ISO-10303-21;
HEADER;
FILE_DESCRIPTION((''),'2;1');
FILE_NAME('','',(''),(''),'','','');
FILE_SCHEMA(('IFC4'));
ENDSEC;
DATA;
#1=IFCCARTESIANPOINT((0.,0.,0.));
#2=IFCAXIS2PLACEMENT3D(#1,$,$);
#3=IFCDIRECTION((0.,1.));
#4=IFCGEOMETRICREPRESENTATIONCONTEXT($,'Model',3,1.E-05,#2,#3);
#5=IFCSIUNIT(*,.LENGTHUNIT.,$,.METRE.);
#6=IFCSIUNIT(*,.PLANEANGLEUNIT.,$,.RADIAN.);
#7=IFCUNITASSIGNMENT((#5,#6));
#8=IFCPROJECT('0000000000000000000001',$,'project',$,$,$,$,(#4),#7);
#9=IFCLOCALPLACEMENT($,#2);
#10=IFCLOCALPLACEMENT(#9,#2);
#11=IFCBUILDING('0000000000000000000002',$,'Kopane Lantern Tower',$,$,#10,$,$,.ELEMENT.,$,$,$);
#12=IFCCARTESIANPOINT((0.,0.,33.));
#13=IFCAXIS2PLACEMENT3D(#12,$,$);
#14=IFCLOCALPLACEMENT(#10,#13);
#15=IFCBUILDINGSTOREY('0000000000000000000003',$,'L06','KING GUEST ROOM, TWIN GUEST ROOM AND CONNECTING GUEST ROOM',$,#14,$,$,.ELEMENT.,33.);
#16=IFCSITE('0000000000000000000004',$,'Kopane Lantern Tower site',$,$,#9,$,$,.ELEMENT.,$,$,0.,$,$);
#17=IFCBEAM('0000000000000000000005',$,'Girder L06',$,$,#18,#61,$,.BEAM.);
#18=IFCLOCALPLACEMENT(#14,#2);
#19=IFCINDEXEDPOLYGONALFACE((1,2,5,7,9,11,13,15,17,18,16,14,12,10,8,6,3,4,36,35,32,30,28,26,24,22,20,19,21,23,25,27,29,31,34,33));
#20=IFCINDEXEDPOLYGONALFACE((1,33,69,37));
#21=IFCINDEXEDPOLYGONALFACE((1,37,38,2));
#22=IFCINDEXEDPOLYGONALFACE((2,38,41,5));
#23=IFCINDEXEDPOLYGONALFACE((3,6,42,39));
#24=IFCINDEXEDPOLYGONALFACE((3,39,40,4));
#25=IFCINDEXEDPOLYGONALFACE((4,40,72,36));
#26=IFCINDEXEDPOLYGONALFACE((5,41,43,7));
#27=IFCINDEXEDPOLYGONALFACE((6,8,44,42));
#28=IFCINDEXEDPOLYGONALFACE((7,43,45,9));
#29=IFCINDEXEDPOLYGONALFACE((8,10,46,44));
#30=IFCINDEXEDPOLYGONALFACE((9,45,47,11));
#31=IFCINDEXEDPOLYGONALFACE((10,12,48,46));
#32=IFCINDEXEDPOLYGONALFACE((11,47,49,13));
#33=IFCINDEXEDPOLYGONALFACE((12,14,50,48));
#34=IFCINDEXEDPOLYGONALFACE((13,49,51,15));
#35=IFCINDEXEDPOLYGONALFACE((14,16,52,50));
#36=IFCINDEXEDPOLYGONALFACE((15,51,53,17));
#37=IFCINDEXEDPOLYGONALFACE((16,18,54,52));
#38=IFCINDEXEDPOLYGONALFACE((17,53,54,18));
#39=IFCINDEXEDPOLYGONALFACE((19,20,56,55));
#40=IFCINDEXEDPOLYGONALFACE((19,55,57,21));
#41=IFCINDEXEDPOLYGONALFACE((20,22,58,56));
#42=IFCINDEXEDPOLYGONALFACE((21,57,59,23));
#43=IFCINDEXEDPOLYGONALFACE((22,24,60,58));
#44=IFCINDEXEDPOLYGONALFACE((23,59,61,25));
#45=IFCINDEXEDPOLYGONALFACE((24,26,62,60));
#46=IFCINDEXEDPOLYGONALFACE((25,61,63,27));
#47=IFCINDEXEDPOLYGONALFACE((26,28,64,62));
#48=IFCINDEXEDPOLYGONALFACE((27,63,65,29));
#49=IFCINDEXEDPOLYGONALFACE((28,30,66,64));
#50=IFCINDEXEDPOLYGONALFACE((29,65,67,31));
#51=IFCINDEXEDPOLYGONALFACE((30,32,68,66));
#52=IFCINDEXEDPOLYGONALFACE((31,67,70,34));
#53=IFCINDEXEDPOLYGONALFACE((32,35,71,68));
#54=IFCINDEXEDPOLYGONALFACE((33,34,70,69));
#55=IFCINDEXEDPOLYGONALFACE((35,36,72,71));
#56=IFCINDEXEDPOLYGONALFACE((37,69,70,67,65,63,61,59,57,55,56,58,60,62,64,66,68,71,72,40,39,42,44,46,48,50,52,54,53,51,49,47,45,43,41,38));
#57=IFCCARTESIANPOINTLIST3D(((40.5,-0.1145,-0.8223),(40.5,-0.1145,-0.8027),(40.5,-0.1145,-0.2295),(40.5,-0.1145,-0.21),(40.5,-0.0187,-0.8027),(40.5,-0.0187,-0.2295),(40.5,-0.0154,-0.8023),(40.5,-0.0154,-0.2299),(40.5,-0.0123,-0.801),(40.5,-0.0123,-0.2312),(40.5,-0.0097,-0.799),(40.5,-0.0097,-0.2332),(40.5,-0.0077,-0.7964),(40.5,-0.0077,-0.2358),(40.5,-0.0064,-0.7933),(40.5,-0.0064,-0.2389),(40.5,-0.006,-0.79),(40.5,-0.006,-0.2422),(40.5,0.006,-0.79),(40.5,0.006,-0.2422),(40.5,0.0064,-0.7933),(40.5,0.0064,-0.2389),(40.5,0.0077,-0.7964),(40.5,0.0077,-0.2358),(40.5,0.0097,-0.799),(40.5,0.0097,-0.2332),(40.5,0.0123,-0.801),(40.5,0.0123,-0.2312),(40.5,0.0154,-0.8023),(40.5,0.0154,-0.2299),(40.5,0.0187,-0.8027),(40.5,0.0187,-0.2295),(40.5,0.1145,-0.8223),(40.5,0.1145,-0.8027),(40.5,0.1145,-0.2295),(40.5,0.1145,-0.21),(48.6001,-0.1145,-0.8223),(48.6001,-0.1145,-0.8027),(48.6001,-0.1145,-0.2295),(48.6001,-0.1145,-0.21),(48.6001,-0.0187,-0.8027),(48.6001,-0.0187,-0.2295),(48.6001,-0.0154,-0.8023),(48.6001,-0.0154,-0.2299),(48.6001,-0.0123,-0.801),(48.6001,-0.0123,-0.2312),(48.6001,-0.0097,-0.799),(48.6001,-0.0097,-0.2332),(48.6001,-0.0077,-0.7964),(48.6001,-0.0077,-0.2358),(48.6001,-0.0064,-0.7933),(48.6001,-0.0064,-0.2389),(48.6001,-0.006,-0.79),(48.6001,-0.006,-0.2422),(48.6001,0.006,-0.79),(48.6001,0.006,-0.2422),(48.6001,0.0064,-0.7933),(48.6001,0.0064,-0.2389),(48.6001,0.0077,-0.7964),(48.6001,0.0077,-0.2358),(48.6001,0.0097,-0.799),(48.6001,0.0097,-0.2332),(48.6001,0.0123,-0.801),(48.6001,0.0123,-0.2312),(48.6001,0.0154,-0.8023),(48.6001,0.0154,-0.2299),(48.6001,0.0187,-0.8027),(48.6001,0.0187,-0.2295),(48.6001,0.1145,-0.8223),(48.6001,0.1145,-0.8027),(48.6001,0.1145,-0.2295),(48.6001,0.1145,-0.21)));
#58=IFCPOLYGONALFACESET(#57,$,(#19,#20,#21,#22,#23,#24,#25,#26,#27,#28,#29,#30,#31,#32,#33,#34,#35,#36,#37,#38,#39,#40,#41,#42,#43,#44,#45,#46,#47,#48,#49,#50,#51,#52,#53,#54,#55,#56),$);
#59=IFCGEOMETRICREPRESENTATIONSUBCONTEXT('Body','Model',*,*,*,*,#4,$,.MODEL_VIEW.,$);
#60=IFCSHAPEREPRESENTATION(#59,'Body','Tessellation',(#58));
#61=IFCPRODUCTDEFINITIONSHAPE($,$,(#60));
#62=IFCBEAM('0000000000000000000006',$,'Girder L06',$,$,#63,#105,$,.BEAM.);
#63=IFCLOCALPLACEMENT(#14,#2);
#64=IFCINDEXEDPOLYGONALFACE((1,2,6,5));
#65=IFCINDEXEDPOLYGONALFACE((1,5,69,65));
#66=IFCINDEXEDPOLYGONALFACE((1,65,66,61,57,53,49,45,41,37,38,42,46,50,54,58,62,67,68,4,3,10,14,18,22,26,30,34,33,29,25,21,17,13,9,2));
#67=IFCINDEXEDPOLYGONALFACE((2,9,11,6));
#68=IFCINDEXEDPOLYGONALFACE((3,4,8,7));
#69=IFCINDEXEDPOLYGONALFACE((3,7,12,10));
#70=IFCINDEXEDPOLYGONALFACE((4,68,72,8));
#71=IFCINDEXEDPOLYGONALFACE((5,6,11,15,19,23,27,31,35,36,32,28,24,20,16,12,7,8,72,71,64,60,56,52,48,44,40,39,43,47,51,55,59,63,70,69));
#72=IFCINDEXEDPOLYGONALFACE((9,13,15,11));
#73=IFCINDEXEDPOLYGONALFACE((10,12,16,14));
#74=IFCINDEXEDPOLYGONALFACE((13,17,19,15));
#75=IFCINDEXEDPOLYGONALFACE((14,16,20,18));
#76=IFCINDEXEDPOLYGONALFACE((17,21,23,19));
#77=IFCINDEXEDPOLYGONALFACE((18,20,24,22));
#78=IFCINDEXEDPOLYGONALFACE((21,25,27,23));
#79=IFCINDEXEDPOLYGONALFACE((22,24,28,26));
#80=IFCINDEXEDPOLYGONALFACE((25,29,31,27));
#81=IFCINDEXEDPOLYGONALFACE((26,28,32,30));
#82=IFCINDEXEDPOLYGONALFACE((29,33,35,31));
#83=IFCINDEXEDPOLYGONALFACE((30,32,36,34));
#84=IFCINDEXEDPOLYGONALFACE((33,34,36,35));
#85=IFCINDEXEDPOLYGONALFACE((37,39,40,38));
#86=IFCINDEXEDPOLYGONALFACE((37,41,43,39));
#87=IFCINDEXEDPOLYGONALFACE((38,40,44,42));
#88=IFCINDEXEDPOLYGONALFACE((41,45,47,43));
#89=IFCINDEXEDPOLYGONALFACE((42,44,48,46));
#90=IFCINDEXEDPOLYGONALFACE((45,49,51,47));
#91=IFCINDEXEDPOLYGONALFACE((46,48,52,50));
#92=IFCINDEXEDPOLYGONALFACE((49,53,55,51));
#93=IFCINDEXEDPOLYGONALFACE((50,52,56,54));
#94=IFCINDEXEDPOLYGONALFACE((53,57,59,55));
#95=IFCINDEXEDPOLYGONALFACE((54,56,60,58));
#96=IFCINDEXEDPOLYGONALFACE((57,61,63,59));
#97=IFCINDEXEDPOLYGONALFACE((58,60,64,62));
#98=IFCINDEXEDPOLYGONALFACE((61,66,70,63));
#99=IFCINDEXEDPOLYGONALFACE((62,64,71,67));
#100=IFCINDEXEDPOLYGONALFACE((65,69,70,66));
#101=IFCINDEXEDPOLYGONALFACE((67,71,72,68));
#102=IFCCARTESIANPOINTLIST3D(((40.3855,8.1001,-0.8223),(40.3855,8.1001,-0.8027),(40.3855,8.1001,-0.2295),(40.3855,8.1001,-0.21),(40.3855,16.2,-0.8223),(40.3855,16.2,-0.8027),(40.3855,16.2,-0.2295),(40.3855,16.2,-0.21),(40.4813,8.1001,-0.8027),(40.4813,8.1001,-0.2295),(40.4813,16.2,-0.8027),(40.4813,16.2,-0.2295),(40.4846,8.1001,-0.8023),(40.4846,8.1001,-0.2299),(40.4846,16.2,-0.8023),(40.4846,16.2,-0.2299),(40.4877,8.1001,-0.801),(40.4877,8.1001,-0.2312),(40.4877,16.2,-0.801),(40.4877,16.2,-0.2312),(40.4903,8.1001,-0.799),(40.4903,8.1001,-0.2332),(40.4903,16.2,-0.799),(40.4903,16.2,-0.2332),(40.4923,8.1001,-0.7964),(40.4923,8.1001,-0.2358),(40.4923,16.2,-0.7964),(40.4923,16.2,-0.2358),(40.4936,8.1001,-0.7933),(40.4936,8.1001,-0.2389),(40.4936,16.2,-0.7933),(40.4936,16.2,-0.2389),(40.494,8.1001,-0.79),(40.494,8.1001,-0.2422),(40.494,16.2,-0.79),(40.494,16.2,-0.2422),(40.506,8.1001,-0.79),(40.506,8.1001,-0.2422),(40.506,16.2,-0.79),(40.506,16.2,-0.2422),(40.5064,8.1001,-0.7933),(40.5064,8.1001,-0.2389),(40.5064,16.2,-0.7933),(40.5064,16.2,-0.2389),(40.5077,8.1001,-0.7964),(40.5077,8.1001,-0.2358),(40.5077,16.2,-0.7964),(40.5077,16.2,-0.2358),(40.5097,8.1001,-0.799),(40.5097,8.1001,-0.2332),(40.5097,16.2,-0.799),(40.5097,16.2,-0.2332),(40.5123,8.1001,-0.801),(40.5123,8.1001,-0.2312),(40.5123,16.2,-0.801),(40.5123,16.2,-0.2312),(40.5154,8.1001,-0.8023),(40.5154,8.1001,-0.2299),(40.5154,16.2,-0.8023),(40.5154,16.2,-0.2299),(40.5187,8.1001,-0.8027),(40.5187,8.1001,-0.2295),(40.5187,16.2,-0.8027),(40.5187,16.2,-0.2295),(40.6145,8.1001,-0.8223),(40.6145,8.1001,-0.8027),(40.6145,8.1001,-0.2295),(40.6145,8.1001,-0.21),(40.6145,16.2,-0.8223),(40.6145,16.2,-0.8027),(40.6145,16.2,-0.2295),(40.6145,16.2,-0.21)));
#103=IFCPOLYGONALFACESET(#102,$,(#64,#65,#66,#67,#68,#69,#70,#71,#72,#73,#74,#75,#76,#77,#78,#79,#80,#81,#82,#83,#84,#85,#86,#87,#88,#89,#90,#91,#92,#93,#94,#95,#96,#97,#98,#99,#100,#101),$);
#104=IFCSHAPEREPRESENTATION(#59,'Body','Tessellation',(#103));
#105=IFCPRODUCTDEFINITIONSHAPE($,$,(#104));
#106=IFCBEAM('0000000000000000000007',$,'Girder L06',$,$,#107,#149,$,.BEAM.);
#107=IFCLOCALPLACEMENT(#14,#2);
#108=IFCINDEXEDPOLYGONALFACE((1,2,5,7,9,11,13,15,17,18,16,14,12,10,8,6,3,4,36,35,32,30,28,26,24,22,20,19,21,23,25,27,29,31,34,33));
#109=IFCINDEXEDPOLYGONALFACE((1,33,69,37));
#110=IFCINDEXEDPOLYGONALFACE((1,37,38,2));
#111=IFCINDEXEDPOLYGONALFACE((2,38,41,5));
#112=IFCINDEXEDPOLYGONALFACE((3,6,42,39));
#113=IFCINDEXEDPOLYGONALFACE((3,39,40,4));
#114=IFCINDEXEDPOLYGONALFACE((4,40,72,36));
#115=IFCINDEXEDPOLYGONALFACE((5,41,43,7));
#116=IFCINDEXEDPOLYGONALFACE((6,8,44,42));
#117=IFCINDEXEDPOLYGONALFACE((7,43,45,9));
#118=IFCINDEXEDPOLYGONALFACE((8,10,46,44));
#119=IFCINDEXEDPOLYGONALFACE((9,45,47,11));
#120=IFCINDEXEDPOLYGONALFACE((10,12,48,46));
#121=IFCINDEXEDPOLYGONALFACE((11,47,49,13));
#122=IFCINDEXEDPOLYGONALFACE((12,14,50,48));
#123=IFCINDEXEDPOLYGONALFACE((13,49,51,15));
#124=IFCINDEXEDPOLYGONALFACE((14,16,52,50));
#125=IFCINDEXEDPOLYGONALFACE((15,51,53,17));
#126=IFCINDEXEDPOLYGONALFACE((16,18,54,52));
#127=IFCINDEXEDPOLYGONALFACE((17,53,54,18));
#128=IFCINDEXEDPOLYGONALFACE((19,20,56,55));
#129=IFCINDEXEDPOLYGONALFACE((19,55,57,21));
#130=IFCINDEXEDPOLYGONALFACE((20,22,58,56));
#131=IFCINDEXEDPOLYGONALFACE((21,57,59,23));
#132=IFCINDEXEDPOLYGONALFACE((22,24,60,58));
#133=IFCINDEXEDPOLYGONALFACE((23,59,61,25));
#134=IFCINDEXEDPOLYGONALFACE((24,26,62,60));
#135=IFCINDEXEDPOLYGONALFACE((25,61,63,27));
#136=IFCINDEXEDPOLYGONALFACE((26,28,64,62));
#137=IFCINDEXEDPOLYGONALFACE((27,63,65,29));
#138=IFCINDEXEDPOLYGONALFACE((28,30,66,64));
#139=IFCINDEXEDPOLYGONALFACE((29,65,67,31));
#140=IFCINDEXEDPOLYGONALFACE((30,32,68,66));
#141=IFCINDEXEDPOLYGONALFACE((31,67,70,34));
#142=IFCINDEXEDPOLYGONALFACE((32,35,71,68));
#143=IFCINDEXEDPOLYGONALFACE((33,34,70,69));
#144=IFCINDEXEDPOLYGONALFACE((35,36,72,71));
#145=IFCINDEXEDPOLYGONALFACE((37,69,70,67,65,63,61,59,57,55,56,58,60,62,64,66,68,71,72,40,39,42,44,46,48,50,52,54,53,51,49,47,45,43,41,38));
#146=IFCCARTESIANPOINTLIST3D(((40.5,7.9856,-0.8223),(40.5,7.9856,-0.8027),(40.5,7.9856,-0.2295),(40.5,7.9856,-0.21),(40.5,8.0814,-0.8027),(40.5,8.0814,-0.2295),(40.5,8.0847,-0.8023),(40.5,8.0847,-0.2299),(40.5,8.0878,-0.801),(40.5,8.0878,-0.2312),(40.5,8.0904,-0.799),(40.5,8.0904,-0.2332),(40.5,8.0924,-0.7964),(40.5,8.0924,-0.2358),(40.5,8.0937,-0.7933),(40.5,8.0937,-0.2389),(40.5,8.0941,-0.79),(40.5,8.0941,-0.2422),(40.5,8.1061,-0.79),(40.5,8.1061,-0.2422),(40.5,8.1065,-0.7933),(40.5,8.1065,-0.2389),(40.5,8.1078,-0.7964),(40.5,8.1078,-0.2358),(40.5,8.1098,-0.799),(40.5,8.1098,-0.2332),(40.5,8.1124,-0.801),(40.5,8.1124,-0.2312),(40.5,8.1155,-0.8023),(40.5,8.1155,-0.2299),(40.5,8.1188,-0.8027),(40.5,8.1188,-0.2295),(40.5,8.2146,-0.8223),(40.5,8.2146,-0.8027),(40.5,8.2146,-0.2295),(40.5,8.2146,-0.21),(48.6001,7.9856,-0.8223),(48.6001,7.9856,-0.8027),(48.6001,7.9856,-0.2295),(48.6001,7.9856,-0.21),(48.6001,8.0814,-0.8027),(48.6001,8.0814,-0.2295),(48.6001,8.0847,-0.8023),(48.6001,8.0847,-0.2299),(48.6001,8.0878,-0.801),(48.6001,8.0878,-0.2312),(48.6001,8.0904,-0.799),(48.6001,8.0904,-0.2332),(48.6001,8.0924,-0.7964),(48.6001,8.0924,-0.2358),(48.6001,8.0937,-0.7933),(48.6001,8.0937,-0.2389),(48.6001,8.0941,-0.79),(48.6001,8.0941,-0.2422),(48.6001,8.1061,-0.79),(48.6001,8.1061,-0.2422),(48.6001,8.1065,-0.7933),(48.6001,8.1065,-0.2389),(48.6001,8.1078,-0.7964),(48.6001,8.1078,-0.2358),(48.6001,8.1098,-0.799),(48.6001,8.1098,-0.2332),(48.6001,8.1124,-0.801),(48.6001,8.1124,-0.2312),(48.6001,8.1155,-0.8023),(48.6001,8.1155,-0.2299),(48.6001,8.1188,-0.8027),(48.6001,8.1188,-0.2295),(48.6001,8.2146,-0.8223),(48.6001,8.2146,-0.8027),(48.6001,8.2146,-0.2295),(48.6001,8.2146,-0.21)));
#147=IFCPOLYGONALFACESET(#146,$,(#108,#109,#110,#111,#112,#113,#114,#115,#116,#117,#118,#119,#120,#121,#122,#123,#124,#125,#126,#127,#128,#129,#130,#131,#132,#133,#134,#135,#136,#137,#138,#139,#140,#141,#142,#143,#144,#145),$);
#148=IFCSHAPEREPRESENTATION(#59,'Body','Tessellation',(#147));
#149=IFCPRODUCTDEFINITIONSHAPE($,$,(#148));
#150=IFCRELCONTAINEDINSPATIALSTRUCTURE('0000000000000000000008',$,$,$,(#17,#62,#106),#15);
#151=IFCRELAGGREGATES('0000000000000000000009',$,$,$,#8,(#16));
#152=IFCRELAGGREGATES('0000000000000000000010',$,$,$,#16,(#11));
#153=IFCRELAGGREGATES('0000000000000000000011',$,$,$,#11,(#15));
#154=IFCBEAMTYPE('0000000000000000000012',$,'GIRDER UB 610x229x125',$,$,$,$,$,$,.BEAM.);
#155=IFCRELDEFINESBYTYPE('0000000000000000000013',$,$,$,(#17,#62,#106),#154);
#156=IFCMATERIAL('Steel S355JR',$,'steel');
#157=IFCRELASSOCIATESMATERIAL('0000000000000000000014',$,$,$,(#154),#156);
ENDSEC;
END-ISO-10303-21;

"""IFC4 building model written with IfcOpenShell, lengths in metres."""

from ifc_helpers import new_model, si_unit, direction, frame, origin, origin_2d, place, context, subcontext, project, spatial, i_section, extrude, material, material_profile, profile_set, type_object, element, save


model = new_model("IFC4")

# Units and contexts
model_context = context("Model", 3, precision=1e-05, world=origin(), true_north=direction((0.0, 1.0)))
body_context = subcontext(model_context, "Body", "Model", "MODEL_VIEW")
ifc_project = project(units=[si_unit("LENGTHUNIT", "METRE"), si_unit("PLANEANGLEUNIT", "RADIAN")], contexts=[model_context])

# Site, building, storey
site_placement = place(None, origin())
site = spatial("IfcSite", under=ifc_project, at=site_placement, Name="Kopane Lantern Tower site", CompositionType="ELEMENT", RefElevation=0.0)
building_placement = place(site_placement, origin())
building = spatial("IfcBuilding", under=site, at=building_placement, Name="Kopane Lantern Tower", CompositionType="ELEMENT")
storey_placement = place(building_placement, frame((0.0, 0.0, 33.0)))
storey = spatial("IfcBuildingStorey", under=building, at=storey_placement, Name="L06", Description="KING GUEST ROOM, TWIN GUEST ROOM AND CONNECTING GUEST ROOM", CompositionType="ELEMENT", Elevation=33.0)

# Beams
ifc_material_1 = material(Name="Steel S355JR", Category="steel")
ifc_material_profile_1 = material_profile(ifc_material_1, i_section(OverallWidth=0.229, OverallDepth=0.6123, WebThickness=0.012, FlangeThickness=0.0195, FilletRadius=0.0127, at=origin_2d()), Name="UB 610x229x125")
ifc_profile_set_1 = profile_set([ifc_material_profile_1], Name="Steel S355JR")
beam_type = type_object("IfcBeamType", Name="GIRDER UB 610x229x125", PredefinedType="BEAM", material=ifc_profile_set_1)
for number, where, z_axis, x_axis, name in (
    (1, (40.5, 0.0, -0.5161), (1.0, 0.0, 0.0), (0.0, 1.0, 0.0), "Girder L06"),
):
    element("IfcBeam", number, at=place(storey_placement, frame(where, z_axis=z_axis, x_axis=x_axis)), inside=storey, type_object=beam_type, Name=name, PredefinedType="BEAM", context=body_context, shape_type="SweptSolid", body=[
        extrude(i_section(OverallWidth=0.229, OverallDepth=0.6123, WebThickness=0.012, FlangeThickness=0.0195, FilletRadius=0.0127, at=origin_2d()), origin(), (0.0, 0.0, 1.0), 8.1001),
    ])
beam_1_placement = place(storey_placement, frame((40.5, 8.1001, -0.5161), z_axis=(0.0, 1.0, 0.0), x_axis=(-1.0, 0.0, 0.0)))
element("IfcBeam", 2, at=beam_1_placement, inside=storey, type_object=beam_type, Name="Girder L06", PredefinedType="BEAM", context=body_context, shape_type="SweptSolid", body=[
    extrude(i_section(OverallWidth=0.229, OverallDepth=0.6123, WebThickness=0.012, FlangeThickness=0.0195, FilletRadius=0.0127, at=origin_2d()), origin(), (0.0, 0.0, 1.0), 8.0999),
])
beam_2_placement = place(storey_placement, frame((40.5, 8.1001, -0.5161), z_axis=(1.0, 0.0, 0.0), x_axis=(0.0, 1.0, 0.0)))
element("IfcBeam", 3, at=beam_2_placement, inside=storey, type_object=beam_type, Name="Girder L06", PredefinedType="BEAM", context=body_context, shape_type="SweptSolid", body=[
    extrude(i_section(OverallWidth=0.229, OverallDepth=0.6123, WebThickness=0.012, FlangeThickness=0.0195, FilletRadius=0.0127, at=origin_2d()), origin(), (0.0, 0.0, 1.0), 8.1001),
])

save(model, "model.ifc")
